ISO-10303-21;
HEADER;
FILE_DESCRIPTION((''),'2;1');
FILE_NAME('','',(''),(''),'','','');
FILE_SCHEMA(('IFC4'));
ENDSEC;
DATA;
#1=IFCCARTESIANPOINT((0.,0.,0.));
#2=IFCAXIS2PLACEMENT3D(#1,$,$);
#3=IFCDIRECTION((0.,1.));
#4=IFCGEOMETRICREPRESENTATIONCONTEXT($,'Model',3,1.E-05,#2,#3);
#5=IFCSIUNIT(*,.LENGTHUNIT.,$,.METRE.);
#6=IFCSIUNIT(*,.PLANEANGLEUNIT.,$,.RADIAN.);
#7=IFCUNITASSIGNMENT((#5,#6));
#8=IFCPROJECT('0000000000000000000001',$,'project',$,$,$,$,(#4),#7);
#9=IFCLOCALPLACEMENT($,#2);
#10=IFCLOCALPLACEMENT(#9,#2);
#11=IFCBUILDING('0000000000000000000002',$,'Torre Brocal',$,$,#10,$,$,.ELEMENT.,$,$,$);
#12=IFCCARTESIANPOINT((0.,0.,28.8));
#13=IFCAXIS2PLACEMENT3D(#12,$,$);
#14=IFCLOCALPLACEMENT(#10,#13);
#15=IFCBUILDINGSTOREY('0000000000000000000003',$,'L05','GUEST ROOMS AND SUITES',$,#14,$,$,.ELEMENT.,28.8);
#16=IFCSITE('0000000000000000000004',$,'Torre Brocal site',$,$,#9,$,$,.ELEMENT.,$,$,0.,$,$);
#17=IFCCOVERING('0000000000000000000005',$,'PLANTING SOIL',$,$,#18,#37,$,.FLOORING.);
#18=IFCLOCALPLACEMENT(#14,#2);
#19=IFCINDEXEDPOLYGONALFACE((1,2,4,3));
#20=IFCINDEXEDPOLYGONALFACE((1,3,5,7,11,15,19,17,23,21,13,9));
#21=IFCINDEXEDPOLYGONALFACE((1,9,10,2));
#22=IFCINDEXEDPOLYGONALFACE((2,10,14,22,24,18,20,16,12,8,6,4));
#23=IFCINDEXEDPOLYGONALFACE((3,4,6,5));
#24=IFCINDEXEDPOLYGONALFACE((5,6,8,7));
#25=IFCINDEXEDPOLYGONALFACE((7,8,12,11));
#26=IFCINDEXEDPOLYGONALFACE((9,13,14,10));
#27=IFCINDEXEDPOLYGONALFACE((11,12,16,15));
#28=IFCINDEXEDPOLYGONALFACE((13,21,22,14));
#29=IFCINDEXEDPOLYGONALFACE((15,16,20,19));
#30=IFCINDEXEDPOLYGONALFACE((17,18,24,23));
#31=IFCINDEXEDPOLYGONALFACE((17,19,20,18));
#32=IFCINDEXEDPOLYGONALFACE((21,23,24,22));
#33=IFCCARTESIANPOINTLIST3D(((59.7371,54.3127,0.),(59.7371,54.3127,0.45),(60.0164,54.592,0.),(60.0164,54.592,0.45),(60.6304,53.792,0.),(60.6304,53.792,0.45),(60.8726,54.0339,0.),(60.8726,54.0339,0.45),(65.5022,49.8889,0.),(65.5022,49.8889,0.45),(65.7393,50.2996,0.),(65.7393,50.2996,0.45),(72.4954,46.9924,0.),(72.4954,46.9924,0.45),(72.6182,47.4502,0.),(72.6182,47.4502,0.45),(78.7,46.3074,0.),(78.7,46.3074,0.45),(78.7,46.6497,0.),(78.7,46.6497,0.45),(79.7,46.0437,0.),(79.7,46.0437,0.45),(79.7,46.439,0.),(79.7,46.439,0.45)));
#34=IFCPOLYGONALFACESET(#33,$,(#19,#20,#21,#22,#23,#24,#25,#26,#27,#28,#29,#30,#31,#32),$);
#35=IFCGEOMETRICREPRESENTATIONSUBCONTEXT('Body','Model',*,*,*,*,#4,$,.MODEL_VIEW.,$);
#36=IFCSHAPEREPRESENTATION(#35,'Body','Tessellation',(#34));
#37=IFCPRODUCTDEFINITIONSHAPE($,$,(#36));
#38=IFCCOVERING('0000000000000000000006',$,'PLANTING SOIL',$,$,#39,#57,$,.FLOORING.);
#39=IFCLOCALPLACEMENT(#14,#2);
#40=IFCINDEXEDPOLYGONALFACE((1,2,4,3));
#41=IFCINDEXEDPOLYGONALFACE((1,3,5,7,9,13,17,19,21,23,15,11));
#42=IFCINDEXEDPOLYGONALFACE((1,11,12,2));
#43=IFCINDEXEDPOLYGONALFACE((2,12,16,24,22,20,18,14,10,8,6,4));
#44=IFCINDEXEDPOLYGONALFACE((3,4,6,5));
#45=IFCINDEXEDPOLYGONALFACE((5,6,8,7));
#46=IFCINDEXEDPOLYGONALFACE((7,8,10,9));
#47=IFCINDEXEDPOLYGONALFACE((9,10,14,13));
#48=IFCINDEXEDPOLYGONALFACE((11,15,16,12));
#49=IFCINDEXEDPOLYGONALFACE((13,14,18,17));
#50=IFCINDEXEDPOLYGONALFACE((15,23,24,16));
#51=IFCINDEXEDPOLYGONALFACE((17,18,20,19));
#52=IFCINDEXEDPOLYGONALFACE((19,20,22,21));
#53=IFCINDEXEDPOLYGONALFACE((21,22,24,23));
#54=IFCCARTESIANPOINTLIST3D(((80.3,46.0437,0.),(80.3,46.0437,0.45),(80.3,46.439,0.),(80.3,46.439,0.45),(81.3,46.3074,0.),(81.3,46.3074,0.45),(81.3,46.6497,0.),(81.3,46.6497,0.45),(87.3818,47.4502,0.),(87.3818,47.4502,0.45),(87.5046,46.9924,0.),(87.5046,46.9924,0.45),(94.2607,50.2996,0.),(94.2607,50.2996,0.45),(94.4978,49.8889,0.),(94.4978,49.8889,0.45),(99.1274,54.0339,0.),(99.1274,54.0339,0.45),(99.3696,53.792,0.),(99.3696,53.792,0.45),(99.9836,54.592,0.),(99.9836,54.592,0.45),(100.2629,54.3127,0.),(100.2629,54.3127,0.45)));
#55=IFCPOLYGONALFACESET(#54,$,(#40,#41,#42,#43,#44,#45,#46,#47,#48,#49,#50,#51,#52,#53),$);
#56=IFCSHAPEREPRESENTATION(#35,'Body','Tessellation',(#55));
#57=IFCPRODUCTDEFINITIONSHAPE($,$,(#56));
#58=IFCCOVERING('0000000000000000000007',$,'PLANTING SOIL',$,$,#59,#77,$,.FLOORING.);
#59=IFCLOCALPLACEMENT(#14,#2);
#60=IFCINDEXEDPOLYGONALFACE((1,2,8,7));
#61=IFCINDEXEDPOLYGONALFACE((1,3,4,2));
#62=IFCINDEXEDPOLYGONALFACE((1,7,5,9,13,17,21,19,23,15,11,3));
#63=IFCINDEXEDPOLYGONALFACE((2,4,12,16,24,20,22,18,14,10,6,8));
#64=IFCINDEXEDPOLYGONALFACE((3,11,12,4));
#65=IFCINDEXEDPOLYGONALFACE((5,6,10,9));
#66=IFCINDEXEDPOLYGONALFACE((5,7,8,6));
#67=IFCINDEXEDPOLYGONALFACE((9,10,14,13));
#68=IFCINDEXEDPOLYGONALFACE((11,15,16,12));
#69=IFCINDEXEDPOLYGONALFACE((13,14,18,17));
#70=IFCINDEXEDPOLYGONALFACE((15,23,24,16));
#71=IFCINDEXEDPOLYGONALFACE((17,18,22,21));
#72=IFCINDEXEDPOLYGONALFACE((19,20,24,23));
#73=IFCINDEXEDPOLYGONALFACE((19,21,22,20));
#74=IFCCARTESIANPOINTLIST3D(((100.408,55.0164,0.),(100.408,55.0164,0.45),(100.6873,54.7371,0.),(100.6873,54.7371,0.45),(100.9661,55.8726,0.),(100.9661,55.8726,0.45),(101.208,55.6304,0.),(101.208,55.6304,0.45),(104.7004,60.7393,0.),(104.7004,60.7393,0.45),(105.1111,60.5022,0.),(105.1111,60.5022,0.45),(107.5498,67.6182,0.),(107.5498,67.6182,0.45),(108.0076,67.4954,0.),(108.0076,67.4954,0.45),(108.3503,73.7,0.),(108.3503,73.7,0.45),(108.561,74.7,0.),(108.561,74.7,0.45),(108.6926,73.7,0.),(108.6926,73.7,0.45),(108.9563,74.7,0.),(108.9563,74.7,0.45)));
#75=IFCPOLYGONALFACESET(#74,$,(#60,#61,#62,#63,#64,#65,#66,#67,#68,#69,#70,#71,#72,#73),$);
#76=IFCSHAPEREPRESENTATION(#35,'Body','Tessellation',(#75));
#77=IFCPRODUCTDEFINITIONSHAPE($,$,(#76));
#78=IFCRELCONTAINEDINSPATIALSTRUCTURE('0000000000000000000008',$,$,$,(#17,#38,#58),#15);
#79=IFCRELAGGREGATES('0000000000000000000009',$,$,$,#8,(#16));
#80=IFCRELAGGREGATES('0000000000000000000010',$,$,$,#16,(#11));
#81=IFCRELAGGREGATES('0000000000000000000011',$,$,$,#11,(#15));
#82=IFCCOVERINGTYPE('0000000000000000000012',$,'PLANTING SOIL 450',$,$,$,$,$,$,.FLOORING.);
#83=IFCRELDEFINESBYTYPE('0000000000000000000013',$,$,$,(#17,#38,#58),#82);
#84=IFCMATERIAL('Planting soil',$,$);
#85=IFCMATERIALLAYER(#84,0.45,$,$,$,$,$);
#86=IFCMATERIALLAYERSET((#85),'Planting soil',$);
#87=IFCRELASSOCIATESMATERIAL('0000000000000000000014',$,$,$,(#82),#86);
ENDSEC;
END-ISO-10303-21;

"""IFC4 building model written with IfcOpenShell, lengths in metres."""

from ifc_helpers import new_model, si_unit, direction, frame, origin, place, context, subcontext, project, spatial, polyline, outline, extrude, material, layer, layer_set, type_object, element, save


model = new_model("IFC4")

# Units and contexts
model_context = context("Model", 3, precision=1e-05, world=origin(), true_north=direction((0.0, 1.0)))
body_context = subcontext(model_context, "Body", "Model", "MODEL_VIEW")
ifc_project = project(units=[si_unit("LENGTHUNIT", "METRE"), si_unit("PLANEANGLEUNIT", "RADIAN")], contexts=[model_context])

# Site, building, storey
site_placement = place(None, origin())
site = spatial("IfcSite", under=ifc_project, at=site_placement, Name="Torre Brocal site", CompositionType="ELEMENT", RefElevation=0.0)
building_placement = place(site_placement, origin())
building = spatial("IfcBuilding", under=site, at=building_placement, Name="Torre Brocal", CompositionType="ELEMENT")
storey_placement = place(building_placement, frame((0.0, 0.0, 28.8)))
storey = spatial("IfcBuildingStorey", under=building, at=storey_placement, Name="L05", Description="GUEST ROOMS AND SUITES", CompositionType="ELEMENT", Elevation=28.8)

# Coverings
ifc_material_1 = material(Name="Planting soil")
ifc_layer_1 = layer(ifc_material_1, 0.45)
ifc_layer_set_1 = layer_set([ifc_layer_1], Name="Planting soil")
covering_type = type_object("IfcCoveringType", Name="PLANTING SOIL 450", PredefinedType="FLOORING", material=ifc_layer_set_1)
covering_1_placement = place(storey_placement, origin())
element("IfcCovering", 1, at=covering_1_placement, inside=storey, type_object=covering_type, Name="PLANTING SOIL", PredefinedType="FLOORING", context=body_context, shape_type="SweptSolid", body=[
    extrude(outline(polyline([(60.6304, 53.792), (60.8726, 54.0339), (65.7393, 50.2996), (72.6182, 47.4502), (78.7, 46.6497), (78.7, 46.3074), (79.7, 46.439), (79.7, 46.0437), (72.4954, 46.9924), (65.5022, 49.8889), (59.7371, 54.3127), (60.0164, 54.592), (60.6304, 53.792)])), origin(), (0.0, 0.0, 1.0), 0.45),
])
covering_2_placement = place(storey_placement, origin())
element("IfcCovering", 2, at=covering_2_placement, inside=storey, type_object=covering_type, Name="PLANTING SOIL", PredefinedType="FLOORING", context=body_context, shape_type="SweptSolid", body=[
    extrude(outline(polyline([(80.3, 46.0437), (80.3, 46.439), (81.3, 46.3074), (81.3, 46.6497), (87.3818, 47.4502), (94.2607, 50.2996), (99.1274, 54.0339), (99.3696, 53.792), (99.9836, 54.592), (100.2629, 54.3127), (94.4978, 49.8889), (87.5046, 46.9924), (80.3, 46.0437)])), origin(), (0.0, 0.0, 1.0), 0.45),
])
covering_3_placement = place(storey_placement, origin())
element("IfcCovering", 3, at=covering_3_placement, inside=storey, type_object=covering_type, Name="PLANTING SOIL", PredefinedType="FLOORING", context=body_context, shape_type="SweptSolid", body=[
    extrude(outline(polyline([(101.208, 55.6304), (100.9661, 55.8726), (104.7004, 60.7393), (107.5498, 67.6182), (108.3503, 73.7), (108.6926, 73.7), (108.561, 74.7), (108.9563, 74.7), (108.0076, 67.4954), (105.1111, 60.5022), (100.6873, 54.7371), (100.408, 55.0164), (101.208, 55.6304)])), origin(), (0.0, 0.0, 1.0), 0.45),
])

save(model, "model.ifc")
